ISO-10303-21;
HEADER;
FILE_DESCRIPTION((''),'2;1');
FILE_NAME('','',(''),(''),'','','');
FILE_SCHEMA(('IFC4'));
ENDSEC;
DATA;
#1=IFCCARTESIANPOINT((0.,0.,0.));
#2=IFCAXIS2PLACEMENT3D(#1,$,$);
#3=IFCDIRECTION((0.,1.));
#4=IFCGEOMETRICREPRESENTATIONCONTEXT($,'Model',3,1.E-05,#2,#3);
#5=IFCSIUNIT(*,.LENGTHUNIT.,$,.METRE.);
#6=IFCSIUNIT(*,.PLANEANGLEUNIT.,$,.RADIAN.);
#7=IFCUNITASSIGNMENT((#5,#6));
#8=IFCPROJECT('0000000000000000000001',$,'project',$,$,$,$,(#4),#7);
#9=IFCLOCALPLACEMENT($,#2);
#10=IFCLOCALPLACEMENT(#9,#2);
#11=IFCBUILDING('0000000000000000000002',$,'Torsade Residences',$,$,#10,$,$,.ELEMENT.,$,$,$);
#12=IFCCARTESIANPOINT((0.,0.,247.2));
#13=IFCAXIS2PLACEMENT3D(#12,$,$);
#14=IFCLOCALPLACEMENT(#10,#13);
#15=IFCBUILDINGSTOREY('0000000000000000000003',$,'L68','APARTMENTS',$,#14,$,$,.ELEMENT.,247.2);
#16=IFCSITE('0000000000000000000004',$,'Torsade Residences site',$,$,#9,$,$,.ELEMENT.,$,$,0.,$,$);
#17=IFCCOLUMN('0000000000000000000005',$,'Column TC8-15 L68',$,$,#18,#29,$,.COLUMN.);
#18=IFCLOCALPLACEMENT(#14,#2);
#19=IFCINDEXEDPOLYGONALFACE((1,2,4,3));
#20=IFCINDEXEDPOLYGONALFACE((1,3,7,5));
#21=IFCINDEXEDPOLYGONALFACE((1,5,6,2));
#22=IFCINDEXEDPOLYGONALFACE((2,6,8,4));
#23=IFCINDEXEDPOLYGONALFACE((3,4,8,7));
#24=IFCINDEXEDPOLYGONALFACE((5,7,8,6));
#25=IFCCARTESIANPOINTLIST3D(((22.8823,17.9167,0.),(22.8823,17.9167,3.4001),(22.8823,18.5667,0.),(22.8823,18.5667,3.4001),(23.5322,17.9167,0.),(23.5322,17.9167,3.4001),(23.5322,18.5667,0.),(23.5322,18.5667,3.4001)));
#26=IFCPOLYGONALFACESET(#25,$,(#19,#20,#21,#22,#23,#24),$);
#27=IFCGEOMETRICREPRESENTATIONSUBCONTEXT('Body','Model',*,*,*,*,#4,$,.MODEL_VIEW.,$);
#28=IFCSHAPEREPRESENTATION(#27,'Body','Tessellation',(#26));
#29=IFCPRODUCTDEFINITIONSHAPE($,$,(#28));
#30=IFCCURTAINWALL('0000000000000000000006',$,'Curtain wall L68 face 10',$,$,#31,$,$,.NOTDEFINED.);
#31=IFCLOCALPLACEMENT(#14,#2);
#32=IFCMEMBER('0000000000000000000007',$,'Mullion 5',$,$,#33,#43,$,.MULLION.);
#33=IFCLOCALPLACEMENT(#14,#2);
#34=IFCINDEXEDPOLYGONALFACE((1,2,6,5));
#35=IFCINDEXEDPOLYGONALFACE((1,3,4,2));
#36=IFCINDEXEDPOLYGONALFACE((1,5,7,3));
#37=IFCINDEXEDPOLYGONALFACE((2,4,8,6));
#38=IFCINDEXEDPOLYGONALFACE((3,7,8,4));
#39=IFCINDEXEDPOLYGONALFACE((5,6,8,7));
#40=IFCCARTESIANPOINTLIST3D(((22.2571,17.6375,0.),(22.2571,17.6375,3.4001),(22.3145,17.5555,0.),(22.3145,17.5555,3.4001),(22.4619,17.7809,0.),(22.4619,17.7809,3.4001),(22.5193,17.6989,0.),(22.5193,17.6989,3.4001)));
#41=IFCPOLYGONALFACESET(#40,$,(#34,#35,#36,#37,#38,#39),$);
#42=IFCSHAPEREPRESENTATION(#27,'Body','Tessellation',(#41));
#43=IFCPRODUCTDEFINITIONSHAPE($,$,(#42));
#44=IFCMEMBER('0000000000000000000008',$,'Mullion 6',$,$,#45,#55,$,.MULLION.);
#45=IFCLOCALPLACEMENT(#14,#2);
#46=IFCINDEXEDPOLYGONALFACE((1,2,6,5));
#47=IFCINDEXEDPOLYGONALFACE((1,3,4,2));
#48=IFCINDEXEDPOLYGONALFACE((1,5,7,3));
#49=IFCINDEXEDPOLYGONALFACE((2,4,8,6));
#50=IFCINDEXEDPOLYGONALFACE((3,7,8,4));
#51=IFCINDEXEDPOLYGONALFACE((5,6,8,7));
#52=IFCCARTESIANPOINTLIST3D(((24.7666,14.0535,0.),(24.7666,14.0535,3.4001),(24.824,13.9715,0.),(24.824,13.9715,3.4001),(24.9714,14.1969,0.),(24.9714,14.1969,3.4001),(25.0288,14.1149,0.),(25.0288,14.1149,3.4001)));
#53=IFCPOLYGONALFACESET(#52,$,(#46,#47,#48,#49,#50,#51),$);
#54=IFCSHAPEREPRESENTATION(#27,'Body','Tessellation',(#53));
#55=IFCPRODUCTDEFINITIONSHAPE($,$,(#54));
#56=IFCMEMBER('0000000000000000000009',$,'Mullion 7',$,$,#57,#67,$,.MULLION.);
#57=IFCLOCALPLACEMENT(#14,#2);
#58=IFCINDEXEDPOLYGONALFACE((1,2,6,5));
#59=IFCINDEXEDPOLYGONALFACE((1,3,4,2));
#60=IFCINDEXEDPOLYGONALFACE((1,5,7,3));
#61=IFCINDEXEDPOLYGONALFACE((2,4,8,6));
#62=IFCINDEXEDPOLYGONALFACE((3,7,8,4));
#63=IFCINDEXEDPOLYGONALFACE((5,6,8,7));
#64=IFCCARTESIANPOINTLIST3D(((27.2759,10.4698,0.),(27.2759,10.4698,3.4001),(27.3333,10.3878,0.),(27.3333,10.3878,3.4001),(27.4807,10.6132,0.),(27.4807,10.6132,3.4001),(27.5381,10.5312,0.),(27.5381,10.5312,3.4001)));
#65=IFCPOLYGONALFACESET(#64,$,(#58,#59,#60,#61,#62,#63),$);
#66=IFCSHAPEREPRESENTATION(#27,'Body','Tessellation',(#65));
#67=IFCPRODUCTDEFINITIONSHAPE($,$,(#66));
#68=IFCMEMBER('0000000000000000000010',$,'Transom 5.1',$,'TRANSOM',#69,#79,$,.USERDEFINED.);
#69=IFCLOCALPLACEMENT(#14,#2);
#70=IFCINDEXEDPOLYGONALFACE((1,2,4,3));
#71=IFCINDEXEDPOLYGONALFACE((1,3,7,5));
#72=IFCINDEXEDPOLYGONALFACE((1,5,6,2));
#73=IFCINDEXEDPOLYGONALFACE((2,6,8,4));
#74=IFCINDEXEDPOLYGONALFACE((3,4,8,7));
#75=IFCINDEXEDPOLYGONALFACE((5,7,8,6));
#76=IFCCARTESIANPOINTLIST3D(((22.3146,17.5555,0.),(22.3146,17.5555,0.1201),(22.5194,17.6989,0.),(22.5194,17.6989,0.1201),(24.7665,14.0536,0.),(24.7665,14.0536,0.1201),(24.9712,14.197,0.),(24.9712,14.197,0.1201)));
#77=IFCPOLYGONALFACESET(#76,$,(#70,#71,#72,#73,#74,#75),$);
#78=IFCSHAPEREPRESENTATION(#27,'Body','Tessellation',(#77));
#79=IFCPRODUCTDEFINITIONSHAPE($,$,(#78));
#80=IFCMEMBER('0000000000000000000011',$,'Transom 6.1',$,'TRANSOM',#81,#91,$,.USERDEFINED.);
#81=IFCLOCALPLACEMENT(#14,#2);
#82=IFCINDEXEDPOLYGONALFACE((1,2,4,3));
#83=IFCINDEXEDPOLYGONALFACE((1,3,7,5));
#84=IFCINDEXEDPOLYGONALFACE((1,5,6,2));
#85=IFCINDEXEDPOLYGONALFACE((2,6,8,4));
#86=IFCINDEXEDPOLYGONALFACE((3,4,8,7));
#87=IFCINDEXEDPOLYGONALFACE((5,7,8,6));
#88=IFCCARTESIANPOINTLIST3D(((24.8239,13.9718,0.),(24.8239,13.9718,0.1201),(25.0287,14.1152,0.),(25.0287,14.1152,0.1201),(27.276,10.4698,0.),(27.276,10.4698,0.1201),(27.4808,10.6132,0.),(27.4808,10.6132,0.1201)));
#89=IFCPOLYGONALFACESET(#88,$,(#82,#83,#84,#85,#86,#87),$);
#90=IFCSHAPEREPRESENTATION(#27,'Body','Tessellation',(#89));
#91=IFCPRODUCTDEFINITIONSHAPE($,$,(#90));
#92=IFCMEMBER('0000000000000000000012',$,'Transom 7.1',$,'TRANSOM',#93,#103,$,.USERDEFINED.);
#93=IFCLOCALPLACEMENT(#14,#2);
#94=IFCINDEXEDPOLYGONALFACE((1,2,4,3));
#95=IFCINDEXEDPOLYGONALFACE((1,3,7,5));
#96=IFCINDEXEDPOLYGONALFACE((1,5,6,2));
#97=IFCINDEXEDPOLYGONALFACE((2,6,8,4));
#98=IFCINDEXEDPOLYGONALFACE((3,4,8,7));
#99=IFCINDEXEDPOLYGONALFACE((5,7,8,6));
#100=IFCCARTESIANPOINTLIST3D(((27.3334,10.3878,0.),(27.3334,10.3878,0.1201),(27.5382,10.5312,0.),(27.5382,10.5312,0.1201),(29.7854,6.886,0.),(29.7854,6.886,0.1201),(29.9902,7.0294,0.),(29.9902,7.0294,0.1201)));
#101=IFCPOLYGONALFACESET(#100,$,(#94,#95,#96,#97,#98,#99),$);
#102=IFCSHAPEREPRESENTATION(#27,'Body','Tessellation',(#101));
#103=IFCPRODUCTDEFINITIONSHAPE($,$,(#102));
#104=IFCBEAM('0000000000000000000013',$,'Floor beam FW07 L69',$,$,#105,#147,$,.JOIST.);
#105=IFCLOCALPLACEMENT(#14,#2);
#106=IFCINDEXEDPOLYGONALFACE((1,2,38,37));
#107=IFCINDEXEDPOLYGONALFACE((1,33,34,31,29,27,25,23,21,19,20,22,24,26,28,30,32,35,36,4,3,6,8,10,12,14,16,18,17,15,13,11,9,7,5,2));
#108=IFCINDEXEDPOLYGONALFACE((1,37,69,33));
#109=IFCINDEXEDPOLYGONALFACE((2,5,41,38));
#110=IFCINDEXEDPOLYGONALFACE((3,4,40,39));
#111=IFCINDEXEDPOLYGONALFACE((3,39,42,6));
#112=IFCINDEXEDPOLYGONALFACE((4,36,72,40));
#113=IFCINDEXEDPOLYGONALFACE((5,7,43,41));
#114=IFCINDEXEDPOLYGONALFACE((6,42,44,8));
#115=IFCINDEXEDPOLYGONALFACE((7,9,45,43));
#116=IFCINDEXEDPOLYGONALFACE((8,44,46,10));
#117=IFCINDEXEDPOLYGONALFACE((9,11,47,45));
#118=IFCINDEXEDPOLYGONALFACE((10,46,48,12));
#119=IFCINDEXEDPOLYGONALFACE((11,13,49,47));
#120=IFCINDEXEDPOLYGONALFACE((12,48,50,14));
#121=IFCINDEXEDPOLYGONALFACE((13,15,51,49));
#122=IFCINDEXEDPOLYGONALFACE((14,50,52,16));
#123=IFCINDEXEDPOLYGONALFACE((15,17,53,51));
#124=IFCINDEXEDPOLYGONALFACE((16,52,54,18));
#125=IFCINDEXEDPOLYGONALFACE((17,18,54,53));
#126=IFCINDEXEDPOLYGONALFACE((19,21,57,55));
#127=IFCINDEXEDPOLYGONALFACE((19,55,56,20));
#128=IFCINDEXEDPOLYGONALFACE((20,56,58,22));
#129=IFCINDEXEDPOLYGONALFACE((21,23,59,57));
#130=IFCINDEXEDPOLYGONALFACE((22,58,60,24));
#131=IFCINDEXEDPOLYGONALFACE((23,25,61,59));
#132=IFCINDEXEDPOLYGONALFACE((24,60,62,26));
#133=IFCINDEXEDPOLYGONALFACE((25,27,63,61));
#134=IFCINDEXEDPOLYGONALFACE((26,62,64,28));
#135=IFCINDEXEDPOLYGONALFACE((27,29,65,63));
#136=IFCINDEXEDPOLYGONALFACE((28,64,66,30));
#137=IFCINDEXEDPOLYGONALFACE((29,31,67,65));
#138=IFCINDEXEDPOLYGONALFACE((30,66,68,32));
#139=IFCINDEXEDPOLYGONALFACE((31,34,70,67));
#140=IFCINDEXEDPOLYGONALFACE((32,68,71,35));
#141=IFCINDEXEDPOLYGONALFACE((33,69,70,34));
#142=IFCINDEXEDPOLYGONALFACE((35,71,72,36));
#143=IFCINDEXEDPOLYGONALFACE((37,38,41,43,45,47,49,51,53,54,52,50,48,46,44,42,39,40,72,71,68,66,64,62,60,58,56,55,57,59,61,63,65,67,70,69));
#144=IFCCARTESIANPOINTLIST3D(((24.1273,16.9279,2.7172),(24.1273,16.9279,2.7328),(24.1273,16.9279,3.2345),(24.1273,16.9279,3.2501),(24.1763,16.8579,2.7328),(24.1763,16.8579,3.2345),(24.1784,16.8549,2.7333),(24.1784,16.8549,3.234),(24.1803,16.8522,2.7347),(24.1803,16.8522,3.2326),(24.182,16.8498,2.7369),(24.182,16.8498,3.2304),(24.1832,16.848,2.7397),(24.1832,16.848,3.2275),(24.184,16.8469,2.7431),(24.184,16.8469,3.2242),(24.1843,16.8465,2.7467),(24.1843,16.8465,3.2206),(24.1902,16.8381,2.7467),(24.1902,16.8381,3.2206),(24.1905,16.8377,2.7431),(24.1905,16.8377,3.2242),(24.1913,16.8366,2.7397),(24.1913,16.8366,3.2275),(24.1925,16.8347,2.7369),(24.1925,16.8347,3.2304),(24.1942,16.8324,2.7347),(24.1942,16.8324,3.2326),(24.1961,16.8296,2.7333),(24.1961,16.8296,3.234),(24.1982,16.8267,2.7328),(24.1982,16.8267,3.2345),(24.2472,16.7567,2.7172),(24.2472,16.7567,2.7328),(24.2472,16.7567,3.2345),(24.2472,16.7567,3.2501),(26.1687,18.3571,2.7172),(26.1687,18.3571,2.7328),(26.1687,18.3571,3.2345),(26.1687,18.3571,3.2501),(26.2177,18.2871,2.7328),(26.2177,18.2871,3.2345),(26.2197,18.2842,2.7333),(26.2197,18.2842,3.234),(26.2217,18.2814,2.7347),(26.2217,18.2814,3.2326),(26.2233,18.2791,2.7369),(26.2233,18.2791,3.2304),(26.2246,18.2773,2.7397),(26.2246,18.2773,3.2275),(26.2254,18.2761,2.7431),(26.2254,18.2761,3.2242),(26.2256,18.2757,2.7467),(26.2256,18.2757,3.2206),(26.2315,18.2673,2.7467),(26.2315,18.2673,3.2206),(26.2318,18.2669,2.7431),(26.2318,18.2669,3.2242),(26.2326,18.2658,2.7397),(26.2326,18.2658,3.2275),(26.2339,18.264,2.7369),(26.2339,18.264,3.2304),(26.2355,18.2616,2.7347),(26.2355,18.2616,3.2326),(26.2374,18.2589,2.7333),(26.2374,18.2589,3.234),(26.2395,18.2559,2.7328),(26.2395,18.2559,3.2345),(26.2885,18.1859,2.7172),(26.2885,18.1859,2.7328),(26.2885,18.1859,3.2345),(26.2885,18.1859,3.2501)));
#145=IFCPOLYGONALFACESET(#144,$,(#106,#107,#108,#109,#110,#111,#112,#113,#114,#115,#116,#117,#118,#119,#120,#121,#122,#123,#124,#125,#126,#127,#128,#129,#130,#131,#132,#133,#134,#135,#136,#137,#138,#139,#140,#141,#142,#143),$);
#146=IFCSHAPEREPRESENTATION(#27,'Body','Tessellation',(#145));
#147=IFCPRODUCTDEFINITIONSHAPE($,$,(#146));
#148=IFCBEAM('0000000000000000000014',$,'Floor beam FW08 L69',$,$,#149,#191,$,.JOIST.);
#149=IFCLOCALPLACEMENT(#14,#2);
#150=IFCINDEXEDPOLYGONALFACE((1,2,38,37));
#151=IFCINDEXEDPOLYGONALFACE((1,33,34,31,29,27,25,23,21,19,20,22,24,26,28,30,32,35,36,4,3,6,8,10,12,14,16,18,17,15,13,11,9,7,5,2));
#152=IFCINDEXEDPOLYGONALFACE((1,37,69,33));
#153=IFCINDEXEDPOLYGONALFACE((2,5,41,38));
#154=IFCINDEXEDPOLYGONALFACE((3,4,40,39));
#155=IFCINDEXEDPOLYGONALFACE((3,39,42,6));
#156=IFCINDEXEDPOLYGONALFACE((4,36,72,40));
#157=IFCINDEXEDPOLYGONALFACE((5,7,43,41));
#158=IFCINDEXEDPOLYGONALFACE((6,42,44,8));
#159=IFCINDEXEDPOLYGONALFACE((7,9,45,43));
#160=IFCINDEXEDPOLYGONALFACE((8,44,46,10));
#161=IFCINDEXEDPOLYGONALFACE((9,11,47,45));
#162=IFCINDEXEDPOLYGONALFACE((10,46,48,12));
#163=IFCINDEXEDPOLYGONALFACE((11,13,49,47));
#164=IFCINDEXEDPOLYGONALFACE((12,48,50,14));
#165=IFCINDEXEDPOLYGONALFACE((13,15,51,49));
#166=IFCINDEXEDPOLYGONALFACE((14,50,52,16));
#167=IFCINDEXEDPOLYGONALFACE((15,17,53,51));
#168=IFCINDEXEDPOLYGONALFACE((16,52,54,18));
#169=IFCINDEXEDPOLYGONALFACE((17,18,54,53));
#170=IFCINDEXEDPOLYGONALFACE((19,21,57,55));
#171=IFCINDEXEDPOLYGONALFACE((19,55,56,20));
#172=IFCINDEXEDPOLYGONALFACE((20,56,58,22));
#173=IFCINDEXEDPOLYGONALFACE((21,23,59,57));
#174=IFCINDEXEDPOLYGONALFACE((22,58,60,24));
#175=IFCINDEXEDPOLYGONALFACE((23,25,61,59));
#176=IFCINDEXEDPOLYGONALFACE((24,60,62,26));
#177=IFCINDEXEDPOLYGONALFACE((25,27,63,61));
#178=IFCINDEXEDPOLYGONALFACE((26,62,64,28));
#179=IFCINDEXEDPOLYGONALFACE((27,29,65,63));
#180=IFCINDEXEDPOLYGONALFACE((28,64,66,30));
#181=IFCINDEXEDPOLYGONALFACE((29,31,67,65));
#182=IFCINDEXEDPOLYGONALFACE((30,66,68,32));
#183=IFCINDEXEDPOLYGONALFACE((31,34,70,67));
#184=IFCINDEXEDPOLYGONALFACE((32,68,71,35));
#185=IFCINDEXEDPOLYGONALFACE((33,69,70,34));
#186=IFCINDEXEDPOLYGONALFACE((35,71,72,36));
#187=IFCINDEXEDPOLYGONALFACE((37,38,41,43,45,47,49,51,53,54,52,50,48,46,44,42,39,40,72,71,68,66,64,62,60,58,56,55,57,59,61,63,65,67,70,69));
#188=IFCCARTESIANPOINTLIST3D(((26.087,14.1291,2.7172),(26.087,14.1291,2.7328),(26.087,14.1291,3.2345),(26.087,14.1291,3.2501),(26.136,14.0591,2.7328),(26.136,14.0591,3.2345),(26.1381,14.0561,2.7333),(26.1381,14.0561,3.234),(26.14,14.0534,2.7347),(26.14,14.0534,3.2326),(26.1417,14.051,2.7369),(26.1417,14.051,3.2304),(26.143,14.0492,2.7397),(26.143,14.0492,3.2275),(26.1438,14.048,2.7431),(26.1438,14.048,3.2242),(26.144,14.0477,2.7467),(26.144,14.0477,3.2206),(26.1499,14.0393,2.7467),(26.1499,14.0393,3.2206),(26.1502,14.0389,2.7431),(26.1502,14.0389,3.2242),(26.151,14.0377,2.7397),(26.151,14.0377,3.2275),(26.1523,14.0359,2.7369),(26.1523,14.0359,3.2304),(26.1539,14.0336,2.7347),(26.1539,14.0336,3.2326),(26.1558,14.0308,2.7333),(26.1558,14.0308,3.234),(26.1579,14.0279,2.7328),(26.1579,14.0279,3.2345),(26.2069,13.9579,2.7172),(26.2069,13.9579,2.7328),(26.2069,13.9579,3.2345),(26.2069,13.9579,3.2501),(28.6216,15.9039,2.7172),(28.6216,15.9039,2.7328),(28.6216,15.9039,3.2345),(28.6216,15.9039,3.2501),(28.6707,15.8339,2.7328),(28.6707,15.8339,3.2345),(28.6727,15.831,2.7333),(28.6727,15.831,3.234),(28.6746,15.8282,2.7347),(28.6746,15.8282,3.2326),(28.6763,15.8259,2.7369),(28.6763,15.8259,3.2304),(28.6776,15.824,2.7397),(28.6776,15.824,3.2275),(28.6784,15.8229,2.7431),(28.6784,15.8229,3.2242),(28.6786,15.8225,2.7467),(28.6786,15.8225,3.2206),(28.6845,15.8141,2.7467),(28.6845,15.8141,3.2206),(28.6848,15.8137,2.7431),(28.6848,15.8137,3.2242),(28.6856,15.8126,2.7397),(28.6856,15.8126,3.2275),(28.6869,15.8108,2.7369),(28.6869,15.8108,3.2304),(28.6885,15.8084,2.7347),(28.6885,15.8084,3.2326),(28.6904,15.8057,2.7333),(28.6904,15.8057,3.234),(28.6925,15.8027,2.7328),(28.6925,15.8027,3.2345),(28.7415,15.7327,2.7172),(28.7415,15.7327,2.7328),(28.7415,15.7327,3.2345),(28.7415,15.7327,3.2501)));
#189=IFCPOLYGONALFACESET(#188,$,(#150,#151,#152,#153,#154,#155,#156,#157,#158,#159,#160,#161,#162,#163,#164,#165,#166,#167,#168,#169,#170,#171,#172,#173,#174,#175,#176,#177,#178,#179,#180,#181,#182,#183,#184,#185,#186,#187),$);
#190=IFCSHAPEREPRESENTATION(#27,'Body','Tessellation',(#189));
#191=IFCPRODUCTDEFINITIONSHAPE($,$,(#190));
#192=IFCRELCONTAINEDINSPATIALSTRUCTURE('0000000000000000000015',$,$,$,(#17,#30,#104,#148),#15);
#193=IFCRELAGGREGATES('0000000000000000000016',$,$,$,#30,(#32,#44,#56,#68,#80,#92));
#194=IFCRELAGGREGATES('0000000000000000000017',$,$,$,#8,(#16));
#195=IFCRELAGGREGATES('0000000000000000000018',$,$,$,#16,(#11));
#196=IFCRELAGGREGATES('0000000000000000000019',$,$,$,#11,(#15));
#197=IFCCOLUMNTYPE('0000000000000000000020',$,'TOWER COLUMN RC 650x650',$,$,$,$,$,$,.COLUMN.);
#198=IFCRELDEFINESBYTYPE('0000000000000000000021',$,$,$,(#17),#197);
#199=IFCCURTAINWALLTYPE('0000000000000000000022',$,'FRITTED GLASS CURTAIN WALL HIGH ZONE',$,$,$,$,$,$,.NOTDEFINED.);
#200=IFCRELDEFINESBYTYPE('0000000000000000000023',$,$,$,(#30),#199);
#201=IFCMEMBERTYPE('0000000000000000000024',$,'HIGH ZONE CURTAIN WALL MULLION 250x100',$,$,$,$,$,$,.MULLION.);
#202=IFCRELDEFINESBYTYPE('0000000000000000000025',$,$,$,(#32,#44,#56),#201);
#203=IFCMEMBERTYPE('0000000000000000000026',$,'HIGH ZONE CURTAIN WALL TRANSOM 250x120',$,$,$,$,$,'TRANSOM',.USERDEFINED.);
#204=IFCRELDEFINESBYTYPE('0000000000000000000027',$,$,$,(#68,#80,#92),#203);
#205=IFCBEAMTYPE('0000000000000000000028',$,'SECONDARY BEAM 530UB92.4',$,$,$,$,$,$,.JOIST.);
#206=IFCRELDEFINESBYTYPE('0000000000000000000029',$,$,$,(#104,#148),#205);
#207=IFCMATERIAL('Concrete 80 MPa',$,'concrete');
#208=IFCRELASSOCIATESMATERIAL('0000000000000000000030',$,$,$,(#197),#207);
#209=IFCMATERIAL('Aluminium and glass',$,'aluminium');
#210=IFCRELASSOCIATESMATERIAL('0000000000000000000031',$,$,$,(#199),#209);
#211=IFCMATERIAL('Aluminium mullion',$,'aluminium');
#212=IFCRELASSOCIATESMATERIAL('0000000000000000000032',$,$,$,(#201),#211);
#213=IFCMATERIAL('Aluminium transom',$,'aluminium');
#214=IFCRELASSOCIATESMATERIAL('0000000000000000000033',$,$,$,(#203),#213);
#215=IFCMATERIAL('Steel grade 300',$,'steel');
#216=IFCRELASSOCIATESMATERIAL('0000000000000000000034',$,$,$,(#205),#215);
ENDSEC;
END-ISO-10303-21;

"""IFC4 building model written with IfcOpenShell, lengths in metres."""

from ifc_helpers import new_model, si_unit, direction, frame, origin, origin_2d, place, context, subcontext, project, spatial, rectangle, i_section, extrude, material, material_profile, profile_set, type_object, element, aggregate, save


model = new_model("IFC4")

# Units and contexts
model_context = context("Model", 3, precision=1e-05, world=origin(), true_north=direction((0.0, 1.0)))
body_context = subcontext(model_context, "Body", "Model", "MODEL_VIEW")
ifc_project = project(units=[si_unit("LENGTHUNIT", "METRE"), si_unit("PLANEANGLEUNIT", "RADIAN")], contexts=[model_context])

# Site, building, storey
site_placement = place(None, origin())
site = spatial("IfcSite", under=ifc_project, at=site_placement, Name="Torsade Residences site", CompositionType="ELEMENT", RefElevation=0.0)
building_placement = place(site_placement, origin())
building = spatial("IfcBuilding", under=site, at=building_placement, Name="Torsade Residences", CompositionType="ELEMENT")
storey_placement = place(building_placement, frame((0.0, 0.0, 247.2)))
storey = spatial("IfcBuildingStorey", under=building, at=storey_placement, Name="L68", Description="APARTMENTS", CompositionType="ELEMENT", Elevation=247.2)

# Column
ifc_material_1 = material(Name="Concrete 80 MPa", Category="concrete")
ifc_material_profile_1 = material_profile(ifc_material_1, rectangle(XDim=0.6499, YDim=0.6499, at=origin_2d()), Name="RC 650x650")
ifc_profile_set_1 = profile_set([ifc_material_profile_1], Name="Concrete 80 MPa")
column_type = type_object("IfcColumnType", Name="TOWER COLUMN RC 650x650", PredefinedType="COLUMN", material=ifc_profile_set_1)
column_placement = place(storey_placement, frame((23.2073, 18.2417, 0.0), z_axis=(0.0, 0.0, 1.0), x_axis=(1.0, 0.0, 0.0)))
element("IfcColumn", 1, at=column_placement, inside=storey, type_object=column_type, Name="Column TC8-15 L68", PredefinedType="COLUMN", context=body_context, shape_type="SweptSolid", body=[
    extrude(rectangle(XDim=0.6499, YDim=0.6499, at=origin_2d()), origin(), (0.0, 0.0, 1.0), 3.4001),
])

# Curtain wall, members
ifc_material_2 = material(Name="Aluminium and glass", Category="aluminium")
curtain_wall_type = type_object("IfcCurtainWallType", Name="FRITTED GLASS CURTAIN WALL HIGH ZONE", PredefinedType="NOTDEFINED", material=ifc_material_2)
curtain_wall_placement = place(storey_placement, origin())
curtain_wall = element("IfcCurtainWall", 2, at=curtain_wall_placement, inside=storey, type_object=curtain_wall_type, Name="Curtain wall L68 face 10", PredefinedType="NOTDEFINED")
ifc_material_3 = material(Name="Aluminium mullion", Category="aluminium")
ifc_material_profile_2 = material_profile(ifc_material_3, rectangle(XDim=0.25, YDim=0.1001, at=origin_2d()), Name="HIGH ZONE CURTAIN WALL MULLION 250x100")
ifc_profile_set_2 = profile_set([ifc_material_profile_2], Name="Aluminium mullion")
member_type_1 = type_object("IfcMemberType", Name="HIGH ZONE CURTAIN WALL MULLION 250x100", PredefinedType="MULLION", material=ifc_profile_set_2)
member_1_placement = place(storey_placement, frame((22.3882, 17.6682, 0.0), z_axis=(0.0, 0.0, 1.0), x_axis=(0.819152, 0.573576, 0.0)))
member_1 = element("IfcMember", 3, at=member_1_placement, type_object=member_type_1, Name="Mullion 5", PredefinedType="MULLION", context=body_context, shape_type="SweptSolid", body=[
    extrude(rectangle(XDim=0.25, YDim=0.1001, at=origin_2d()), origin(), (0.0, 0.0, 1.0), 3.4001),
])
member_2_placement = place(storey_placement, frame((24.8977, 14.0842, 0.0), z_axis=(0.0, 0.0, 1.0), x_axis=(0.819152, 0.573576, 0.0)))
member_2 = element("IfcMember", 4, at=member_2_placement, type_object=member_type_1, Name="Mullion 6", PredefinedType="MULLION", context=body_context, shape_type="SweptSolid", body=[
    extrude(rectangle(XDim=0.25, YDim=0.1001, at=origin_2d()), origin(), (0.0, 0.0, 1.0), 3.4001),
])
member_3_placement = place(storey_placement, frame((27.407, 10.5005, 0.0), z_axis=(0.0, 0.0, 1.0), x_axis=(0.819152, 0.573576, 0.0)))
member_3 = element("IfcMember", 5, at=member_3_placement, type_object=member_type_1, Name="Mullion 7", PredefinedType="MULLION", context=body_context, shape_type="SweptSolid", body=[
    extrude(rectangle(XDim=0.25, YDim=0.1001, at=origin_2d()), origin(), (0.0, 0.0, 1.0), 3.4001),
])
ifc_material_4 = material(Name="Aluminium transom", Category="aluminium")
ifc_material_profile_3 = material_profile(ifc_material_4, rectangle(XDim=0.25, YDim=0.1201, at=origin_2d()), Name="HIGH ZONE CURTAIN WALL TRANSOM 250x120")
ifc_profile_set_3 = profile_set([ifc_material_profile_3], Name="Aluminium transom")
member_type_2 = type_object("IfcMemberType", Name="HIGH ZONE CURTAIN WALL TRANSOM 250x120", ElementType="TRANSOM", PredefinedType="USERDEFINED", material=ifc_profile_set_3)
member_4_placement = place(storey_placement, frame((22.417, 17.6272, 0.0601), z_axis=(0.573547, -0.819173, 0.0), x_axis=(0.819173, 0.573547, 0.0)))
member_4 = element("IfcMember", 6, at=member_4_placement, type_object=member_type_2, Name="Transom 5.1", ObjectType="TRANSOM", PredefinedType="USERDEFINED", context=body_context, shape_type="SweptSolid", body=[
    extrude(rectangle(XDim=0.25, YDim=0.1201, at=origin_2d()), origin(), (0.0, 0.0, 1.0), 4.2749),
])
member_5_placement = place(storey_placement, frame((24.9263, 14.0435, 0.0601), z_axis=(0.573585, -0.819146, 0.0), x_axis=(0.819146, 0.573585, 0.0)))
member_5 = element("IfcMember", 7, at=member_5_placement, type_object=member_type_2, Name="Transom 6.1", ObjectType="TRANSOM", PredefinedType="USERDEFINED", context=body_context, shape_type="SweptSolid", body=[
    extrude(rectangle(XDim=0.25, YDim=0.1201, at=origin_2d()), origin(), (0.0, 0.0, 1.0), 4.2751),
])
member_6_placement = place(storey_placement, frame((27.4358, 10.4595, 0.0601), z_axis=(0.573573, -0.819154, 0.0), x_axis=(0.819154, 0.573573, 0.0)))
member_6 = element("IfcMember", 8, at=member_6_placement, type_object=member_type_2, Name="Transom 7.1", ObjectType="TRANSOM", PredefinedType="USERDEFINED", context=body_context, shape_type="SweptSolid", body=[
    extrude(rectangle(XDim=0.25, YDim=0.1201, at=origin_2d()), origin(), (0.0, 0.0, 1.0), 4.2749),
])

# Beams
ifc_material_5 = material(Name="Steel grade 300", Category="steel")
ifc_material_profile_4 = material_profile(ifc_material_5, i_section(OverallWidth=0.209, OverallDepth=0.533, WebThickness=0.0103, FlangeThickness=0.0156, FilletRadius=0.0139, at=origin_2d()), Name="530UB92.4")
ifc_profile_set_4 = profile_set([ifc_material_profile_4], Name="Steel grade 300")
beam_type = type_object("IfcBeamType", Name="SECONDARY BEAM 530UB92.4", PredefinedType="JOIST", material=ifc_profile_set_4)
beam_1_placement = place(storey_placement, frame((24.1873, 16.8423, 2.9836), z_axis=(0.819172, 0.573548, 0.0), x_axis=(-0.573548, 0.819172, 0.0)))
element("IfcBeam", 9, at=beam_1_placement, inside=storey, type_object=beam_type, Name="Floor beam FW07 L69", PredefinedType="JOIST", context=body_context, shape_type="SweptSolid", body=[
    extrude(i_section(OverallWidth=0.209, OverallDepth=0.533, WebThickness=0.0103, FlangeThickness=0.0156, FilletRadius=0.0139, at=origin_2d()), origin(), (0.0, 0.0, 1.0), 2.4919),
])
beam_2_placement = place(storey_placement, frame((26.147, 14.0435, 2.9836), z_axis=(0.819136, 0.5736, 0.0), x_axis=(-0.5736, 0.819136, 0.0)))
element("IfcBeam", 10, at=beam_2_placement, inside=storey, type_object=beam_type, Name="Floor beam FW08 L69", PredefinedType="JOIST", context=body_context, shape_type="SweptSolid", body=[
    extrude(i_section(OverallWidth=0.209, OverallDepth=0.533, WebThickness=0.0103, FlangeThickness=0.0156, FilletRadius=0.0139, at=origin_2d()), origin(), (0.0, 0.0, 1.0), 3.0942),
])

aggregate(curtain_wall, [member_1, member_2, member_3, member_4, member_5, member_6])

save(model, "model.ifc")
